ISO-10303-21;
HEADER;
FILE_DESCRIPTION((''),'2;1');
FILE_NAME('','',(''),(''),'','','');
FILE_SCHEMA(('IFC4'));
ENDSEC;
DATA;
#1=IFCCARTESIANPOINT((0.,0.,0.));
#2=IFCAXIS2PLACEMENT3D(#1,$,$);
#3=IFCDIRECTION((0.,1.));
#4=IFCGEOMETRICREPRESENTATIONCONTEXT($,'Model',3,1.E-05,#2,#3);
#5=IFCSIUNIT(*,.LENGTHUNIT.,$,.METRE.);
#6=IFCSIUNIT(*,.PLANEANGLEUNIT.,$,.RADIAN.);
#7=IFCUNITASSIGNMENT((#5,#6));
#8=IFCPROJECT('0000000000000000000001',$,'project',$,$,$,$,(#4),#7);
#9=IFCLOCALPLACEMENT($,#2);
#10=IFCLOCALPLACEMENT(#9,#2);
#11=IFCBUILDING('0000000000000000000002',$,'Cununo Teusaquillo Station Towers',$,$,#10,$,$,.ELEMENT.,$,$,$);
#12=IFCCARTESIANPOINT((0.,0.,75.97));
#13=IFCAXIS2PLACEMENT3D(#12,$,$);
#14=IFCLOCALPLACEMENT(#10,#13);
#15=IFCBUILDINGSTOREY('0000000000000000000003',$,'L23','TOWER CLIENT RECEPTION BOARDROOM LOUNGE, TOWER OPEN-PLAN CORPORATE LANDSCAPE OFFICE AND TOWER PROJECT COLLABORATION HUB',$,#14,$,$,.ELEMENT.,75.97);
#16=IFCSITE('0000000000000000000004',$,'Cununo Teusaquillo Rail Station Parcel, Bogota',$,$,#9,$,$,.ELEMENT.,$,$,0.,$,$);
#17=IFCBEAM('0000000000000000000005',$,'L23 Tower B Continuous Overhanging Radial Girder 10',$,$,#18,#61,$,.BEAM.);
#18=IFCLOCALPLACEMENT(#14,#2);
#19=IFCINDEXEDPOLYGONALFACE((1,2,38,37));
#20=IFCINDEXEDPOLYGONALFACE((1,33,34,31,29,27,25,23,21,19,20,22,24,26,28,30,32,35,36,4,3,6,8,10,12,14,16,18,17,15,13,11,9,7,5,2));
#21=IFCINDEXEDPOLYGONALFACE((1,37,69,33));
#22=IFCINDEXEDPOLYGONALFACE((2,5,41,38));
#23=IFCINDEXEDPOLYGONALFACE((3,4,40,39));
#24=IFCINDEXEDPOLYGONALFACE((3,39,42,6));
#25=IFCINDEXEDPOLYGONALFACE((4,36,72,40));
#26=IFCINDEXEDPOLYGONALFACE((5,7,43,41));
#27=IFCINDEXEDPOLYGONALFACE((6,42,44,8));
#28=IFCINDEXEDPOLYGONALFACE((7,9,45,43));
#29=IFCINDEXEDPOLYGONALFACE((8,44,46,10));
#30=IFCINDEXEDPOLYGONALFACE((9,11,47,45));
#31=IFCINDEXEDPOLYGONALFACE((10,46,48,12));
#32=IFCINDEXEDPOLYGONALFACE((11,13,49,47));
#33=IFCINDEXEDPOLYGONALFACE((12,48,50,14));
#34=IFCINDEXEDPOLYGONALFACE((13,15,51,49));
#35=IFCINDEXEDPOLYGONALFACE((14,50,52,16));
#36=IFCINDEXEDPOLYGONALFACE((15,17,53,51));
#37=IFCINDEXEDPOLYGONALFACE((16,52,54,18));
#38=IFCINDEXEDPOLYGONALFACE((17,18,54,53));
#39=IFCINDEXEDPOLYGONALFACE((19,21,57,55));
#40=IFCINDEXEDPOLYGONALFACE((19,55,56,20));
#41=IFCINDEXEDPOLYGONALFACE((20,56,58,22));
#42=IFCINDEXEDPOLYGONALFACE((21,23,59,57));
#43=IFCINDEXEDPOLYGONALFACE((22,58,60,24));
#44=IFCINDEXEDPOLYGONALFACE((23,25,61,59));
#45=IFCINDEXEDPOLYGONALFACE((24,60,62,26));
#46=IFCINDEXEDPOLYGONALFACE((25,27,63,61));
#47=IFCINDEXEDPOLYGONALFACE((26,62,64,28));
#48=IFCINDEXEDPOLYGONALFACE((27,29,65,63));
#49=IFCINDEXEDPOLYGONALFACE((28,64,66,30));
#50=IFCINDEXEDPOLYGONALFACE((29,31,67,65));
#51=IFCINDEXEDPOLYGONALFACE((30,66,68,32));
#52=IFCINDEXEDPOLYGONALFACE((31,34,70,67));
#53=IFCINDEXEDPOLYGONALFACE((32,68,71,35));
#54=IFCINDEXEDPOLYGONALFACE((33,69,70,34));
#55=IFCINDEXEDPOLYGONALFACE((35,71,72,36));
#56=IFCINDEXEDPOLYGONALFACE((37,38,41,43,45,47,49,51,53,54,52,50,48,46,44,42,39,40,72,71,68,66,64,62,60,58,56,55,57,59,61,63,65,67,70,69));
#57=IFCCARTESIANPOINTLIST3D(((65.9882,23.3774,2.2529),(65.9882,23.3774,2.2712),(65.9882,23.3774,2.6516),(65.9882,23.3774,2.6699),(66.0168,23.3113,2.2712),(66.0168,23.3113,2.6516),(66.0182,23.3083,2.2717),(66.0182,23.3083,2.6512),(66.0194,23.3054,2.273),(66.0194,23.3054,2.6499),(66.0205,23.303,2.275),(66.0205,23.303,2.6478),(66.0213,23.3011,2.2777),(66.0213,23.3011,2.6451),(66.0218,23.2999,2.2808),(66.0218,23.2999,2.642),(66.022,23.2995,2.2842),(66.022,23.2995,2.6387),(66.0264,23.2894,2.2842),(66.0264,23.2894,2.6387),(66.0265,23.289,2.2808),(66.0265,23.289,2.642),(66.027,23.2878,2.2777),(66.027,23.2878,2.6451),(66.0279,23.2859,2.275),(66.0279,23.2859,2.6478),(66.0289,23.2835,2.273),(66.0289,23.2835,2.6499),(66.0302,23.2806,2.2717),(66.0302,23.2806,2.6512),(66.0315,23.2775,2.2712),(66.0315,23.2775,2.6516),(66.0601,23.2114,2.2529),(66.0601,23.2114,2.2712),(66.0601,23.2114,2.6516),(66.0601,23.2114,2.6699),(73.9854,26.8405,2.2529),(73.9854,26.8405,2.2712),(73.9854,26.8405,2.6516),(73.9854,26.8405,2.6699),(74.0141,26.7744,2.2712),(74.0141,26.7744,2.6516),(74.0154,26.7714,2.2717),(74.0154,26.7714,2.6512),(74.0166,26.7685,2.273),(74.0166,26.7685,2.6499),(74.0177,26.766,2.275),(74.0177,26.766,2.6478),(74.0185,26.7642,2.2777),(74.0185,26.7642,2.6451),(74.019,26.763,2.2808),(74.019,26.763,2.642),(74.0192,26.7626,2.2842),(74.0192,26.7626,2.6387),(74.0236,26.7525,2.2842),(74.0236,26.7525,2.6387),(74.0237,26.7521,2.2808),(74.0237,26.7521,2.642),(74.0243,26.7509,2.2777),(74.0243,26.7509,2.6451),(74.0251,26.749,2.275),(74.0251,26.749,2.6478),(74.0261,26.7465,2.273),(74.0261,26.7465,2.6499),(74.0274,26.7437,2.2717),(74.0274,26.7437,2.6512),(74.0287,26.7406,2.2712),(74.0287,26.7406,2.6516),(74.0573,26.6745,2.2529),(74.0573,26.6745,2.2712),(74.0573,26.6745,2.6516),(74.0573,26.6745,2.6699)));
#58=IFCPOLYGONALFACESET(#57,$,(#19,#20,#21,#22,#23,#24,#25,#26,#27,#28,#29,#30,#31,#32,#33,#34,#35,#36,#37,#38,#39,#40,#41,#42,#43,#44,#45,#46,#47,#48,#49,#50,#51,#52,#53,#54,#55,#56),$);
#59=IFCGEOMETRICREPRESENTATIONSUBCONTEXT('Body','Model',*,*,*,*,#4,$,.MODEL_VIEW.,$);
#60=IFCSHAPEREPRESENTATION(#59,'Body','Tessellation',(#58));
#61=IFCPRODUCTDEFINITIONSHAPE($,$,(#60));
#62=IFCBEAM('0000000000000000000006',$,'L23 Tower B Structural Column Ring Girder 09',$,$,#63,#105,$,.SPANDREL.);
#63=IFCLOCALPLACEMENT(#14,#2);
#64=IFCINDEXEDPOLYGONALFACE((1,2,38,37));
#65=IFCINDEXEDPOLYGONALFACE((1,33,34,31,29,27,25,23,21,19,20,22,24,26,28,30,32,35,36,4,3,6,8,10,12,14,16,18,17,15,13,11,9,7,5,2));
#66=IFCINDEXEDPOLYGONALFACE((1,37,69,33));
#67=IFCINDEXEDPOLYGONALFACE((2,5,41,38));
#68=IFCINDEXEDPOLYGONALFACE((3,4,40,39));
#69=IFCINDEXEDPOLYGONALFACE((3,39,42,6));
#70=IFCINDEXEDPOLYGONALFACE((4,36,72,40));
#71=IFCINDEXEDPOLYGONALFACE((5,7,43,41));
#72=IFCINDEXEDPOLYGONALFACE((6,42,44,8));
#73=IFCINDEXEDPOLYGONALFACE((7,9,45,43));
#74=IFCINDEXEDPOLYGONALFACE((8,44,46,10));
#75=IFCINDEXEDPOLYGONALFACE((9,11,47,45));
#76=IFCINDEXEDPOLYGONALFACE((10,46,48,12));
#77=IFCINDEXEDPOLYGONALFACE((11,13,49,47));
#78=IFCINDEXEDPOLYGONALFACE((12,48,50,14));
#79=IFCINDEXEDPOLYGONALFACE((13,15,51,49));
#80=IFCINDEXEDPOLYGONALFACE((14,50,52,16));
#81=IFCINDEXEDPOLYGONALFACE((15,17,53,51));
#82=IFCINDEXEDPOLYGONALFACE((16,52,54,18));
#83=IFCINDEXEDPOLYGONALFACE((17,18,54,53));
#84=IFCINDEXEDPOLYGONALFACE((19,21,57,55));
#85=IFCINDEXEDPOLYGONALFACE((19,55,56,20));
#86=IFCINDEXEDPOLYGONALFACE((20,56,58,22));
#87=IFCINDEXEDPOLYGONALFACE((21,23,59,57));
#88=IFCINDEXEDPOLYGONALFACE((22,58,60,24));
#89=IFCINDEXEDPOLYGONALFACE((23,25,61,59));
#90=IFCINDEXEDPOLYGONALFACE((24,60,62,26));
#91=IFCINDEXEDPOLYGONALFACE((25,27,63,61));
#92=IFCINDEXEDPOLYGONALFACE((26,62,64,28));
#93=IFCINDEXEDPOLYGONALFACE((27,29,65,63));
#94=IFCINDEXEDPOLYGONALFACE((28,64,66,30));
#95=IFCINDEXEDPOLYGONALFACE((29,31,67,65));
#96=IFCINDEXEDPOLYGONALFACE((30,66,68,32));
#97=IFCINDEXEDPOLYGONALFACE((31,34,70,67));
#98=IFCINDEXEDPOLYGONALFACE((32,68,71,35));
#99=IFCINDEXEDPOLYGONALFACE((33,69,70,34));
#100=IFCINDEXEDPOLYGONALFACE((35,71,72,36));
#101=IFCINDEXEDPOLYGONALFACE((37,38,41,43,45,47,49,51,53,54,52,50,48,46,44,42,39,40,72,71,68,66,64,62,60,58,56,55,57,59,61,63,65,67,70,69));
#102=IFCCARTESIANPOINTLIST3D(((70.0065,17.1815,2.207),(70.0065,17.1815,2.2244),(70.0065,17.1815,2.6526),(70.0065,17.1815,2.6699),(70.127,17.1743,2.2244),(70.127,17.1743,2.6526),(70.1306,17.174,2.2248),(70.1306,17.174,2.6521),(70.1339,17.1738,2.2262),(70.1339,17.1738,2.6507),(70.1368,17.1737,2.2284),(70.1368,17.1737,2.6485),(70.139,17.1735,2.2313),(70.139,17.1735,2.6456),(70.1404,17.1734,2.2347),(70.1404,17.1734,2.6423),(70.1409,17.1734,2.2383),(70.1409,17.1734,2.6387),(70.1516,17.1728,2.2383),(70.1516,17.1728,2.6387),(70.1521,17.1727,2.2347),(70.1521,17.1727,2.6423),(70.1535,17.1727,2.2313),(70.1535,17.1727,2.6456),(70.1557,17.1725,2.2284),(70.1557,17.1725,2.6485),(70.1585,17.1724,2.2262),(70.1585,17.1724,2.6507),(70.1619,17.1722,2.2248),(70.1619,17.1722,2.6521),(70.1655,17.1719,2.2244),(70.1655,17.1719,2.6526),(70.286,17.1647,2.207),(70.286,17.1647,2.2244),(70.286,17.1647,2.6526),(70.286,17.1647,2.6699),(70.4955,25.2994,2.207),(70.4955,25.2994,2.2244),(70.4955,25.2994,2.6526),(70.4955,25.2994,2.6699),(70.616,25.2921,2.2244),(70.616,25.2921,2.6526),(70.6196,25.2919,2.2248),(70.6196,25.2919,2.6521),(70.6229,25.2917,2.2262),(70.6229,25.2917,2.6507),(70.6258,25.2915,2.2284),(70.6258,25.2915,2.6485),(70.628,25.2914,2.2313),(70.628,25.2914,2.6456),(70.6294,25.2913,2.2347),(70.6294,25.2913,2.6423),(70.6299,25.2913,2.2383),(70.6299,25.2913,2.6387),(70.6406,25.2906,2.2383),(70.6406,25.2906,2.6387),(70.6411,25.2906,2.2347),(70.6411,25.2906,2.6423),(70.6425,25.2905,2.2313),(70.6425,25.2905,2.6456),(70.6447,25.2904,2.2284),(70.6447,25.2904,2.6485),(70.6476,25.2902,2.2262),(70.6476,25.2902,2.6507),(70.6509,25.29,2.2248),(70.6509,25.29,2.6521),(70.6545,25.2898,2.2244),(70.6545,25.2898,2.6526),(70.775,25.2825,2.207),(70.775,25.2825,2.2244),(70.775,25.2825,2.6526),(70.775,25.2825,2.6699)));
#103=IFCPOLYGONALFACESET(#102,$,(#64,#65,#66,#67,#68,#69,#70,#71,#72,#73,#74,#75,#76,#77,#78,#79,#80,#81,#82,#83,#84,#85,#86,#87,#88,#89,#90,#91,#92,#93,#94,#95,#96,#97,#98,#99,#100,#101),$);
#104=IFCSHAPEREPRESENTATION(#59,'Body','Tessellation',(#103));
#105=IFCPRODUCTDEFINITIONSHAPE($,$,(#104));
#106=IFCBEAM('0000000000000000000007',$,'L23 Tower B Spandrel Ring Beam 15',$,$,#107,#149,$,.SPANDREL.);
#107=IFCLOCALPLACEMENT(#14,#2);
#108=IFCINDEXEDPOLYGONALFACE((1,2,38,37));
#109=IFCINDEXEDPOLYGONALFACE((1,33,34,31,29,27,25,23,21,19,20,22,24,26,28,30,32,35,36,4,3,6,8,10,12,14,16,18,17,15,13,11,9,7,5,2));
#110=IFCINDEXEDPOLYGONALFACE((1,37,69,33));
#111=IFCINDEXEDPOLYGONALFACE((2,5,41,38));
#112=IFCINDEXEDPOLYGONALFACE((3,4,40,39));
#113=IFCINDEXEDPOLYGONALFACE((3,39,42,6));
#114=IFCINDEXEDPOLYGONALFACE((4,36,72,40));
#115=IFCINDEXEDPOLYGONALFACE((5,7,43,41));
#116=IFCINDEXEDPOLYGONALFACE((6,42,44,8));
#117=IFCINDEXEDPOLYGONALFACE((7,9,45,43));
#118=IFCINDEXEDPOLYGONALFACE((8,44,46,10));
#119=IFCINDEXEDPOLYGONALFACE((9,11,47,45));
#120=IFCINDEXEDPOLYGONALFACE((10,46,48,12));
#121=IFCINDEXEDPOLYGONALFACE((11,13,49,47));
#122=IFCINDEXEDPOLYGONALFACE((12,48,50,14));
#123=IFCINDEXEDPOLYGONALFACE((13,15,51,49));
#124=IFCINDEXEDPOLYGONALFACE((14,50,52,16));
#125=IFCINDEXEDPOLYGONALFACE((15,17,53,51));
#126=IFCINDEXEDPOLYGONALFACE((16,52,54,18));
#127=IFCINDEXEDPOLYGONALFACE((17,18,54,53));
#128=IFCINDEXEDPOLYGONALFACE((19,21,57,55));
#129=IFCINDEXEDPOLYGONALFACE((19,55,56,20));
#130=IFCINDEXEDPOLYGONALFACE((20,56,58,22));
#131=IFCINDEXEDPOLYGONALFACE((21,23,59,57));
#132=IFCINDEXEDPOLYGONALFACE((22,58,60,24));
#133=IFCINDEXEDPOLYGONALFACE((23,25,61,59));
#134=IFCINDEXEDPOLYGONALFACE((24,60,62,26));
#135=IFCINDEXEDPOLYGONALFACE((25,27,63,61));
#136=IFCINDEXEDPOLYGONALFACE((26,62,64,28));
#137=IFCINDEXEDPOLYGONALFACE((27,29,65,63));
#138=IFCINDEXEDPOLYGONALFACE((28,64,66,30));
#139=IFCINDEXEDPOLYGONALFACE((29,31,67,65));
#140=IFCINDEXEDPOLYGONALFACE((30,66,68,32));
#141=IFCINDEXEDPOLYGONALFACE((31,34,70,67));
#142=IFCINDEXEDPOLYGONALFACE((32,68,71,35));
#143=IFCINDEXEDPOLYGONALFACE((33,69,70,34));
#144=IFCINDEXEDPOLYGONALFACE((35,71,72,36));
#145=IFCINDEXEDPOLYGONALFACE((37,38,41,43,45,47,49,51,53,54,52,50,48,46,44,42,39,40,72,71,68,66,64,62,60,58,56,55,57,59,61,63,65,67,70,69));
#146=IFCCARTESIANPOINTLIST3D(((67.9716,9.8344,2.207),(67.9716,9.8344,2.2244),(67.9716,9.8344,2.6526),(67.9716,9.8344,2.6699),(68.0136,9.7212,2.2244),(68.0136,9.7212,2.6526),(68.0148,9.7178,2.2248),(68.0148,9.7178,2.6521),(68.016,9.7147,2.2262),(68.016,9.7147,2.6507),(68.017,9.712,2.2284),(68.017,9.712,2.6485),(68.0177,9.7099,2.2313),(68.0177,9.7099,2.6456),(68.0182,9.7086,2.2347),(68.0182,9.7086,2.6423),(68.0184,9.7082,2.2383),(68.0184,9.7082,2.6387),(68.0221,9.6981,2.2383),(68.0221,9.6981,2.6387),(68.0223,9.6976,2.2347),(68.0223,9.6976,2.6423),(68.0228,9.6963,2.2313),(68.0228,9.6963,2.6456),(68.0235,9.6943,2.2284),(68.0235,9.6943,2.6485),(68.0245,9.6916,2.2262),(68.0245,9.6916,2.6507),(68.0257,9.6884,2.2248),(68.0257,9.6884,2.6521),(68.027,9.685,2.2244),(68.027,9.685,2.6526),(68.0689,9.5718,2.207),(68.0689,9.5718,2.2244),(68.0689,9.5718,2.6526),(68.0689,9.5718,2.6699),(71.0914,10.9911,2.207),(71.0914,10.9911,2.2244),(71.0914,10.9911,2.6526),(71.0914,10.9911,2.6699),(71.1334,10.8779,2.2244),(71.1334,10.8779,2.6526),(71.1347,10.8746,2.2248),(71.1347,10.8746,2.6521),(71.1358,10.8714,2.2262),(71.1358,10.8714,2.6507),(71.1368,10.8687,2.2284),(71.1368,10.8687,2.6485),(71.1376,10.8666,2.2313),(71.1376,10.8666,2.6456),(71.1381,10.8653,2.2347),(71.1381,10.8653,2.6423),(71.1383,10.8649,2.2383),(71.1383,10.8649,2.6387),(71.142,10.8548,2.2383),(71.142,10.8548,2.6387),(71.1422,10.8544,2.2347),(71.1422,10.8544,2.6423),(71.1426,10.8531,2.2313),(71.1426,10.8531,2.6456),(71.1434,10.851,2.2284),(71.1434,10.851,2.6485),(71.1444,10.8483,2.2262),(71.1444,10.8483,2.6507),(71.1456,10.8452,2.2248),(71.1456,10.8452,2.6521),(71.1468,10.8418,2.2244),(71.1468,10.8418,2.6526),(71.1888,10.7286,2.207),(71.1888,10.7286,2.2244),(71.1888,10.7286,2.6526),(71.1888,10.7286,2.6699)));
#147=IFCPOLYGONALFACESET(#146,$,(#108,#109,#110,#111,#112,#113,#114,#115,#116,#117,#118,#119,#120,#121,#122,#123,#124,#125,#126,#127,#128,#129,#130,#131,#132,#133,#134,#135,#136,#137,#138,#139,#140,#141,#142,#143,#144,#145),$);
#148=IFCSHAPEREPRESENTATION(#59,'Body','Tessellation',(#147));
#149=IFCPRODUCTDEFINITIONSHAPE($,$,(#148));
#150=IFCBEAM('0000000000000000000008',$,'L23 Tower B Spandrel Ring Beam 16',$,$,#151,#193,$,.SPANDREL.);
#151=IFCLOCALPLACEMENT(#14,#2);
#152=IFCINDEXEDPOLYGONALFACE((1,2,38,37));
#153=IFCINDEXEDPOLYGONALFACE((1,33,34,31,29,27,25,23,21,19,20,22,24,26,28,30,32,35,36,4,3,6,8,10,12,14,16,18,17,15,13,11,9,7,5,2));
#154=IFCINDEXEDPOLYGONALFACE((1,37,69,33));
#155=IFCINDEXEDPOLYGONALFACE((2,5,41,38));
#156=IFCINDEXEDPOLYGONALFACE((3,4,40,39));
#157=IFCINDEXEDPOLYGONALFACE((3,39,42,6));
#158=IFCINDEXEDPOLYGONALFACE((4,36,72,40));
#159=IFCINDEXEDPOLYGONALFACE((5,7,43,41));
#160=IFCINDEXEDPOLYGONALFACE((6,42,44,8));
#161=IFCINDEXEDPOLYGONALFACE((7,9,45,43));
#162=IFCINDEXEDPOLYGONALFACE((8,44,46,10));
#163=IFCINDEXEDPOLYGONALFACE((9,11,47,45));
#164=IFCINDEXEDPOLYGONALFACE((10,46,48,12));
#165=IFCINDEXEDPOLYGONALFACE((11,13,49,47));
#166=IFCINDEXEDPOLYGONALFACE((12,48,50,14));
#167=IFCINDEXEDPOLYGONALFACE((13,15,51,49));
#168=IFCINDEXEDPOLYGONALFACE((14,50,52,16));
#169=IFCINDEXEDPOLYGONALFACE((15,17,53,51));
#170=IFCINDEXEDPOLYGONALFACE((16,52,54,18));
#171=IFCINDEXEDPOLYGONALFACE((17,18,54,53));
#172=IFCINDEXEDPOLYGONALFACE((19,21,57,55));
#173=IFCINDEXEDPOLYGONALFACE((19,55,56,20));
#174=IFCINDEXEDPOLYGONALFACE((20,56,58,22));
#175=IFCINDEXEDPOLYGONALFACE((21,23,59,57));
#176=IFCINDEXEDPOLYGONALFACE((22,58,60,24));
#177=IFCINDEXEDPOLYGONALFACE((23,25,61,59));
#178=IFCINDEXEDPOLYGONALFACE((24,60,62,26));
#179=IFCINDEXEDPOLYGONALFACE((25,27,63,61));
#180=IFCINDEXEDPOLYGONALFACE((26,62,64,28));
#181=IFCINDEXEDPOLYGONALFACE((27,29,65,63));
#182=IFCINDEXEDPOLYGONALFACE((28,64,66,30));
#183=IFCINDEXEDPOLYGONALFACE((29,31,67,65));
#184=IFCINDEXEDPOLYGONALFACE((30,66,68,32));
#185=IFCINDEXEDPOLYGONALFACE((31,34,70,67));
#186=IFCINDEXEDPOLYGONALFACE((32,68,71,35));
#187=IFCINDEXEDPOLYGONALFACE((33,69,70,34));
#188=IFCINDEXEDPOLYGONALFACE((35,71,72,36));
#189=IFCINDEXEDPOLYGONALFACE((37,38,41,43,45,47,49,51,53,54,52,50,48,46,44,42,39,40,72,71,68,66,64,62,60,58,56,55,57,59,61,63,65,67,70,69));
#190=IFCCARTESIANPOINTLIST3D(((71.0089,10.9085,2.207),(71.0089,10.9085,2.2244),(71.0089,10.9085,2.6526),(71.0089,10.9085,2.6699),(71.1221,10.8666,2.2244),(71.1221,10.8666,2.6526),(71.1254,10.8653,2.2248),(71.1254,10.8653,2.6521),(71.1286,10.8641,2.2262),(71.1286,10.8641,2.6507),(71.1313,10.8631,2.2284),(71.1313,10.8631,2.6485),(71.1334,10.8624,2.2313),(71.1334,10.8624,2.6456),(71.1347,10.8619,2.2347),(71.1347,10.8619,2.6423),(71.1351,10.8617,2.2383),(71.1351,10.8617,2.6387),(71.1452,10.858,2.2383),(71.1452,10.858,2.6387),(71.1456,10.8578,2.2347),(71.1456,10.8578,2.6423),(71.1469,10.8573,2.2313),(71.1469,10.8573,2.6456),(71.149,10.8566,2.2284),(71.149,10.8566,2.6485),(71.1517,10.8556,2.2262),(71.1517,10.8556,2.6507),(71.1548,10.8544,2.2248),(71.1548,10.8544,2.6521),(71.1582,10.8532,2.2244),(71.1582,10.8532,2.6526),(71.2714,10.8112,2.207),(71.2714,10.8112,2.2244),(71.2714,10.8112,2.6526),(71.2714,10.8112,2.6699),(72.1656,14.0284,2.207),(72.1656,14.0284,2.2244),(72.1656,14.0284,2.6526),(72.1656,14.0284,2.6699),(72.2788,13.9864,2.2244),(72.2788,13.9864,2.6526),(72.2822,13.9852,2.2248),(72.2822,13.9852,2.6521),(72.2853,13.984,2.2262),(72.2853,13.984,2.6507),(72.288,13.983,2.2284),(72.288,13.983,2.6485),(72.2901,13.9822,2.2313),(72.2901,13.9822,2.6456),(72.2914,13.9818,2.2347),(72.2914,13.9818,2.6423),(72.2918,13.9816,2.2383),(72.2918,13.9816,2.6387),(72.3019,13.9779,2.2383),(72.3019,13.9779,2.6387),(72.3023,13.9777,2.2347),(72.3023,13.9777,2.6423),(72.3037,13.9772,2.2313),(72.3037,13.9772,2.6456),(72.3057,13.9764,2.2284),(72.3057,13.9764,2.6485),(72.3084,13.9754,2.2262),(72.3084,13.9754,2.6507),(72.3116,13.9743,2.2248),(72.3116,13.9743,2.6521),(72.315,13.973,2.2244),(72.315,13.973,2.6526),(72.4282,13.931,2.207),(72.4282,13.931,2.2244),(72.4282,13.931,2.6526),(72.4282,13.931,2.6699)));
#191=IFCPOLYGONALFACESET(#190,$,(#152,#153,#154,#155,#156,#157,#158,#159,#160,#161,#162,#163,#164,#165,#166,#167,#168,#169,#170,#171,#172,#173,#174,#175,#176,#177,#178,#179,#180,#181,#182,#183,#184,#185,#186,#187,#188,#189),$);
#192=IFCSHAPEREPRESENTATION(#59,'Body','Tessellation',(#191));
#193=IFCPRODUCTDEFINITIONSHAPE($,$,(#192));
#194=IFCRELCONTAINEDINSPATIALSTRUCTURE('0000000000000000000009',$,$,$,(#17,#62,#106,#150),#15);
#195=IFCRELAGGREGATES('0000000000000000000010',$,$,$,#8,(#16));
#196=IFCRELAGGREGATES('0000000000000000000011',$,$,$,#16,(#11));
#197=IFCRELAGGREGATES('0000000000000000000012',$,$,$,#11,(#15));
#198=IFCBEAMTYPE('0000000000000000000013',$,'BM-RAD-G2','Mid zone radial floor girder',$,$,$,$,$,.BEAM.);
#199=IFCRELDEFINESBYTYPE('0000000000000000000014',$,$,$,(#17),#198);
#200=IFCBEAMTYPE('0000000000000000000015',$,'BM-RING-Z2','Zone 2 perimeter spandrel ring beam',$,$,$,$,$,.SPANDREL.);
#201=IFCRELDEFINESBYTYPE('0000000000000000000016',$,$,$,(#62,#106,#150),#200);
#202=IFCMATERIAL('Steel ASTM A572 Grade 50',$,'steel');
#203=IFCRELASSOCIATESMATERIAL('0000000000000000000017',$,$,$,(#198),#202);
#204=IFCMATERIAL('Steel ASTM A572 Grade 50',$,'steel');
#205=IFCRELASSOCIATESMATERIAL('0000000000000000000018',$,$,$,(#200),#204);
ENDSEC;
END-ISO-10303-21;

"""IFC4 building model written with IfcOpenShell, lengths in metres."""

from ifc_helpers import new_model, si_unit, direction, frame, origin, origin_2d, place, context, subcontext, project, spatial, i_section, extrude, material, material_profile, profile_set, type_object, element, save


model = new_model("IFC4")

# Units and contexts
model_context = context("Model", 3, precision=1e-05, world=origin(), true_north=direction((0.0, 1.0)))
body_context = subcontext(model_context, "Body", "Model", "MODEL_VIEW")
ifc_project = project(units=[si_unit("LENGTHUNIT", "METRE"), si_unit("PLANEANGLEUNIT", "RADIAN")], contexts=[model_context])

# Site, building, storey
site_placement = place(None, origin())
site = spatial("IfcSite", under=ifc_project, at=site_placement, Name="Cununo Teusaquillo Rail Station Parcel, Bogota", CompositionType="ELEMENT", RefElevation=0.0)
building_placement = place(site_placement, origin())
building = spatial("IfcBuilding", under=site, at=building_placement, Name="Cununo Teusaquillo Station Towers", CompositionType="ELEMENT")
storey_placement = place(building_placement, frame((0.0, 0.0, 75.97)))
storey = spatial("IfcBuildingStorey", under=building, at=storey_placement, Name="L23", Description="TOWER CLIENT RECEPTION BOARDROOM LOUNGE, TOWER OPEN-PLAN CORPORATE LANDSCAPE OFFICE AND TOWER PROJECT COLLABORATION HUB", CompositionType="ELEMENT", Elevation=75.97)

# Beams
ifc_material_1 = material(Name="Steel ASTM A572 Grade 50", Category="steel")
ifc_material_profile_1 = material_profile(ifc_material_1, i_section(OverallWidth=0.1809, OverallDepth=0.417, WebThickness=0.011, FlangeThickness=0.0183, FilletRadius=0.0129, at=origin_2d()), Name="W16X57")
ifc_profile_set_1 = profile_set([ifc_material_profile_1], Name="Steel ASTM A572 Grade 50")
beam_type_1 = type_object("IfcBeamType", Name="BM-RAD-G2", Description="Mid zone radial floor girder", PredefinedType="BEAM", material=ifc_profile_set_1)
beam_1_placement = place(storey_placement, frame((66.0242, 23.2944, 2.4614), z_axis=(0.917655, 0.397379, 0.0), x_axis=(-0.397379, 0.917655, 0.0)))
element("IfcBeam", 1, at=beam_1_placement, inside=storey, type_object=beam_type_1, Name="L23 Tower B Continuous Overhanging Radial Girder 10", PredefinedType="BEAM", context=body_context, shape_type="SweptSolid", body=[
    extrude(i_section(OverallWidth=0.1809, OverallDepth=0.417, WebThickness=0.011, FlangeThickness=0.0183, FilletRadius=0.0129, at=origin_2d()), origin(), (0.0, 0.0, 1.0), 8.7148),
])
ifc_material_2 = material(Name="Steel ASTM A572 Grade 50", Category="steel")
ifc_material_profile_2 = material_profile(ifc_material_2, i_section(OverallWidth=0.28, OverallDepth=0.4629, WebThickness=0.0107, FlangeThickness=0.0173, FilletRadius=0.0139, at=origin_2d()), Name="W18X76")
ifc_profile_set_2 = profile_set([ifc_material_profile_2], Name="Steel ASTM A572 Grade 50")
beam_type_2 = type_object("IfcBeamType", Name="BM-RING-Z2", Description="Zone 2 perimeter spandrel ring beam", PredefinedType="SPANDREL", material=ifc_profile_set_2)
beam_2_placement = place(storey_placement, frame((70.1462, 17.1731, 2.4385), z_axis=(0.06013, 0.998191, 0.0), x_axis=(-0.998191, 0.06013, 0.0)))
element("IfcBeam", 2, at=beam_2_placement, inside=storey, type_object=beam_type_2, Name="L23 Tower B Structural Column Ring Girder 09", PredefinedType="SPANDREL", context=body_context, shape_type="SweptSolid", body=[
    extrude(i_section(OverallWidth=0.28, OverallDepth=0.4629, WebThickness=0.0107, FlangeThickness=0.0173, FilletRadius=0.0139, at=origin_2d()), origin(), (0.0, 0.0, 1.0), 8.1326),
])
for number, where, z_axis, x_axis, name in (
    (3, (68.0203, 9.7031, 2.4385), (0.937628, 0.347639, 0.0), (-0.347639, 0.937628, 0.0), "L23 Tower B Spandrel Ring Beam 15"),
    (4, (71.1401, 10.8599, 2.4385), (0.347639, 0.937628, 0.0), (-0.937628, 0.347639, 0.0), "L23 Tower B Spandrel Ring Beam 16"),
):
    element("IfcBeam", number, at=place(storey_placement, frame(where, z_axis=z_axis, x_axis=x_axis)), inside=storey, type_object=beam_type_2, Name=name, PredefinedType="SPANDREL", context=body_context, shape_type="SweptSolid", body=[
        extrude(i_section(OverallWidth=0.28, OverallDepth=0.4629, WebThickness=0.0107, FlangeThickness=0.0173, FilletRadius=0.0139, at=origin_2d()), origin(), (0.0, 0.0, 1.0), 3.3274),
    ])

save(model, "model.ifc")
